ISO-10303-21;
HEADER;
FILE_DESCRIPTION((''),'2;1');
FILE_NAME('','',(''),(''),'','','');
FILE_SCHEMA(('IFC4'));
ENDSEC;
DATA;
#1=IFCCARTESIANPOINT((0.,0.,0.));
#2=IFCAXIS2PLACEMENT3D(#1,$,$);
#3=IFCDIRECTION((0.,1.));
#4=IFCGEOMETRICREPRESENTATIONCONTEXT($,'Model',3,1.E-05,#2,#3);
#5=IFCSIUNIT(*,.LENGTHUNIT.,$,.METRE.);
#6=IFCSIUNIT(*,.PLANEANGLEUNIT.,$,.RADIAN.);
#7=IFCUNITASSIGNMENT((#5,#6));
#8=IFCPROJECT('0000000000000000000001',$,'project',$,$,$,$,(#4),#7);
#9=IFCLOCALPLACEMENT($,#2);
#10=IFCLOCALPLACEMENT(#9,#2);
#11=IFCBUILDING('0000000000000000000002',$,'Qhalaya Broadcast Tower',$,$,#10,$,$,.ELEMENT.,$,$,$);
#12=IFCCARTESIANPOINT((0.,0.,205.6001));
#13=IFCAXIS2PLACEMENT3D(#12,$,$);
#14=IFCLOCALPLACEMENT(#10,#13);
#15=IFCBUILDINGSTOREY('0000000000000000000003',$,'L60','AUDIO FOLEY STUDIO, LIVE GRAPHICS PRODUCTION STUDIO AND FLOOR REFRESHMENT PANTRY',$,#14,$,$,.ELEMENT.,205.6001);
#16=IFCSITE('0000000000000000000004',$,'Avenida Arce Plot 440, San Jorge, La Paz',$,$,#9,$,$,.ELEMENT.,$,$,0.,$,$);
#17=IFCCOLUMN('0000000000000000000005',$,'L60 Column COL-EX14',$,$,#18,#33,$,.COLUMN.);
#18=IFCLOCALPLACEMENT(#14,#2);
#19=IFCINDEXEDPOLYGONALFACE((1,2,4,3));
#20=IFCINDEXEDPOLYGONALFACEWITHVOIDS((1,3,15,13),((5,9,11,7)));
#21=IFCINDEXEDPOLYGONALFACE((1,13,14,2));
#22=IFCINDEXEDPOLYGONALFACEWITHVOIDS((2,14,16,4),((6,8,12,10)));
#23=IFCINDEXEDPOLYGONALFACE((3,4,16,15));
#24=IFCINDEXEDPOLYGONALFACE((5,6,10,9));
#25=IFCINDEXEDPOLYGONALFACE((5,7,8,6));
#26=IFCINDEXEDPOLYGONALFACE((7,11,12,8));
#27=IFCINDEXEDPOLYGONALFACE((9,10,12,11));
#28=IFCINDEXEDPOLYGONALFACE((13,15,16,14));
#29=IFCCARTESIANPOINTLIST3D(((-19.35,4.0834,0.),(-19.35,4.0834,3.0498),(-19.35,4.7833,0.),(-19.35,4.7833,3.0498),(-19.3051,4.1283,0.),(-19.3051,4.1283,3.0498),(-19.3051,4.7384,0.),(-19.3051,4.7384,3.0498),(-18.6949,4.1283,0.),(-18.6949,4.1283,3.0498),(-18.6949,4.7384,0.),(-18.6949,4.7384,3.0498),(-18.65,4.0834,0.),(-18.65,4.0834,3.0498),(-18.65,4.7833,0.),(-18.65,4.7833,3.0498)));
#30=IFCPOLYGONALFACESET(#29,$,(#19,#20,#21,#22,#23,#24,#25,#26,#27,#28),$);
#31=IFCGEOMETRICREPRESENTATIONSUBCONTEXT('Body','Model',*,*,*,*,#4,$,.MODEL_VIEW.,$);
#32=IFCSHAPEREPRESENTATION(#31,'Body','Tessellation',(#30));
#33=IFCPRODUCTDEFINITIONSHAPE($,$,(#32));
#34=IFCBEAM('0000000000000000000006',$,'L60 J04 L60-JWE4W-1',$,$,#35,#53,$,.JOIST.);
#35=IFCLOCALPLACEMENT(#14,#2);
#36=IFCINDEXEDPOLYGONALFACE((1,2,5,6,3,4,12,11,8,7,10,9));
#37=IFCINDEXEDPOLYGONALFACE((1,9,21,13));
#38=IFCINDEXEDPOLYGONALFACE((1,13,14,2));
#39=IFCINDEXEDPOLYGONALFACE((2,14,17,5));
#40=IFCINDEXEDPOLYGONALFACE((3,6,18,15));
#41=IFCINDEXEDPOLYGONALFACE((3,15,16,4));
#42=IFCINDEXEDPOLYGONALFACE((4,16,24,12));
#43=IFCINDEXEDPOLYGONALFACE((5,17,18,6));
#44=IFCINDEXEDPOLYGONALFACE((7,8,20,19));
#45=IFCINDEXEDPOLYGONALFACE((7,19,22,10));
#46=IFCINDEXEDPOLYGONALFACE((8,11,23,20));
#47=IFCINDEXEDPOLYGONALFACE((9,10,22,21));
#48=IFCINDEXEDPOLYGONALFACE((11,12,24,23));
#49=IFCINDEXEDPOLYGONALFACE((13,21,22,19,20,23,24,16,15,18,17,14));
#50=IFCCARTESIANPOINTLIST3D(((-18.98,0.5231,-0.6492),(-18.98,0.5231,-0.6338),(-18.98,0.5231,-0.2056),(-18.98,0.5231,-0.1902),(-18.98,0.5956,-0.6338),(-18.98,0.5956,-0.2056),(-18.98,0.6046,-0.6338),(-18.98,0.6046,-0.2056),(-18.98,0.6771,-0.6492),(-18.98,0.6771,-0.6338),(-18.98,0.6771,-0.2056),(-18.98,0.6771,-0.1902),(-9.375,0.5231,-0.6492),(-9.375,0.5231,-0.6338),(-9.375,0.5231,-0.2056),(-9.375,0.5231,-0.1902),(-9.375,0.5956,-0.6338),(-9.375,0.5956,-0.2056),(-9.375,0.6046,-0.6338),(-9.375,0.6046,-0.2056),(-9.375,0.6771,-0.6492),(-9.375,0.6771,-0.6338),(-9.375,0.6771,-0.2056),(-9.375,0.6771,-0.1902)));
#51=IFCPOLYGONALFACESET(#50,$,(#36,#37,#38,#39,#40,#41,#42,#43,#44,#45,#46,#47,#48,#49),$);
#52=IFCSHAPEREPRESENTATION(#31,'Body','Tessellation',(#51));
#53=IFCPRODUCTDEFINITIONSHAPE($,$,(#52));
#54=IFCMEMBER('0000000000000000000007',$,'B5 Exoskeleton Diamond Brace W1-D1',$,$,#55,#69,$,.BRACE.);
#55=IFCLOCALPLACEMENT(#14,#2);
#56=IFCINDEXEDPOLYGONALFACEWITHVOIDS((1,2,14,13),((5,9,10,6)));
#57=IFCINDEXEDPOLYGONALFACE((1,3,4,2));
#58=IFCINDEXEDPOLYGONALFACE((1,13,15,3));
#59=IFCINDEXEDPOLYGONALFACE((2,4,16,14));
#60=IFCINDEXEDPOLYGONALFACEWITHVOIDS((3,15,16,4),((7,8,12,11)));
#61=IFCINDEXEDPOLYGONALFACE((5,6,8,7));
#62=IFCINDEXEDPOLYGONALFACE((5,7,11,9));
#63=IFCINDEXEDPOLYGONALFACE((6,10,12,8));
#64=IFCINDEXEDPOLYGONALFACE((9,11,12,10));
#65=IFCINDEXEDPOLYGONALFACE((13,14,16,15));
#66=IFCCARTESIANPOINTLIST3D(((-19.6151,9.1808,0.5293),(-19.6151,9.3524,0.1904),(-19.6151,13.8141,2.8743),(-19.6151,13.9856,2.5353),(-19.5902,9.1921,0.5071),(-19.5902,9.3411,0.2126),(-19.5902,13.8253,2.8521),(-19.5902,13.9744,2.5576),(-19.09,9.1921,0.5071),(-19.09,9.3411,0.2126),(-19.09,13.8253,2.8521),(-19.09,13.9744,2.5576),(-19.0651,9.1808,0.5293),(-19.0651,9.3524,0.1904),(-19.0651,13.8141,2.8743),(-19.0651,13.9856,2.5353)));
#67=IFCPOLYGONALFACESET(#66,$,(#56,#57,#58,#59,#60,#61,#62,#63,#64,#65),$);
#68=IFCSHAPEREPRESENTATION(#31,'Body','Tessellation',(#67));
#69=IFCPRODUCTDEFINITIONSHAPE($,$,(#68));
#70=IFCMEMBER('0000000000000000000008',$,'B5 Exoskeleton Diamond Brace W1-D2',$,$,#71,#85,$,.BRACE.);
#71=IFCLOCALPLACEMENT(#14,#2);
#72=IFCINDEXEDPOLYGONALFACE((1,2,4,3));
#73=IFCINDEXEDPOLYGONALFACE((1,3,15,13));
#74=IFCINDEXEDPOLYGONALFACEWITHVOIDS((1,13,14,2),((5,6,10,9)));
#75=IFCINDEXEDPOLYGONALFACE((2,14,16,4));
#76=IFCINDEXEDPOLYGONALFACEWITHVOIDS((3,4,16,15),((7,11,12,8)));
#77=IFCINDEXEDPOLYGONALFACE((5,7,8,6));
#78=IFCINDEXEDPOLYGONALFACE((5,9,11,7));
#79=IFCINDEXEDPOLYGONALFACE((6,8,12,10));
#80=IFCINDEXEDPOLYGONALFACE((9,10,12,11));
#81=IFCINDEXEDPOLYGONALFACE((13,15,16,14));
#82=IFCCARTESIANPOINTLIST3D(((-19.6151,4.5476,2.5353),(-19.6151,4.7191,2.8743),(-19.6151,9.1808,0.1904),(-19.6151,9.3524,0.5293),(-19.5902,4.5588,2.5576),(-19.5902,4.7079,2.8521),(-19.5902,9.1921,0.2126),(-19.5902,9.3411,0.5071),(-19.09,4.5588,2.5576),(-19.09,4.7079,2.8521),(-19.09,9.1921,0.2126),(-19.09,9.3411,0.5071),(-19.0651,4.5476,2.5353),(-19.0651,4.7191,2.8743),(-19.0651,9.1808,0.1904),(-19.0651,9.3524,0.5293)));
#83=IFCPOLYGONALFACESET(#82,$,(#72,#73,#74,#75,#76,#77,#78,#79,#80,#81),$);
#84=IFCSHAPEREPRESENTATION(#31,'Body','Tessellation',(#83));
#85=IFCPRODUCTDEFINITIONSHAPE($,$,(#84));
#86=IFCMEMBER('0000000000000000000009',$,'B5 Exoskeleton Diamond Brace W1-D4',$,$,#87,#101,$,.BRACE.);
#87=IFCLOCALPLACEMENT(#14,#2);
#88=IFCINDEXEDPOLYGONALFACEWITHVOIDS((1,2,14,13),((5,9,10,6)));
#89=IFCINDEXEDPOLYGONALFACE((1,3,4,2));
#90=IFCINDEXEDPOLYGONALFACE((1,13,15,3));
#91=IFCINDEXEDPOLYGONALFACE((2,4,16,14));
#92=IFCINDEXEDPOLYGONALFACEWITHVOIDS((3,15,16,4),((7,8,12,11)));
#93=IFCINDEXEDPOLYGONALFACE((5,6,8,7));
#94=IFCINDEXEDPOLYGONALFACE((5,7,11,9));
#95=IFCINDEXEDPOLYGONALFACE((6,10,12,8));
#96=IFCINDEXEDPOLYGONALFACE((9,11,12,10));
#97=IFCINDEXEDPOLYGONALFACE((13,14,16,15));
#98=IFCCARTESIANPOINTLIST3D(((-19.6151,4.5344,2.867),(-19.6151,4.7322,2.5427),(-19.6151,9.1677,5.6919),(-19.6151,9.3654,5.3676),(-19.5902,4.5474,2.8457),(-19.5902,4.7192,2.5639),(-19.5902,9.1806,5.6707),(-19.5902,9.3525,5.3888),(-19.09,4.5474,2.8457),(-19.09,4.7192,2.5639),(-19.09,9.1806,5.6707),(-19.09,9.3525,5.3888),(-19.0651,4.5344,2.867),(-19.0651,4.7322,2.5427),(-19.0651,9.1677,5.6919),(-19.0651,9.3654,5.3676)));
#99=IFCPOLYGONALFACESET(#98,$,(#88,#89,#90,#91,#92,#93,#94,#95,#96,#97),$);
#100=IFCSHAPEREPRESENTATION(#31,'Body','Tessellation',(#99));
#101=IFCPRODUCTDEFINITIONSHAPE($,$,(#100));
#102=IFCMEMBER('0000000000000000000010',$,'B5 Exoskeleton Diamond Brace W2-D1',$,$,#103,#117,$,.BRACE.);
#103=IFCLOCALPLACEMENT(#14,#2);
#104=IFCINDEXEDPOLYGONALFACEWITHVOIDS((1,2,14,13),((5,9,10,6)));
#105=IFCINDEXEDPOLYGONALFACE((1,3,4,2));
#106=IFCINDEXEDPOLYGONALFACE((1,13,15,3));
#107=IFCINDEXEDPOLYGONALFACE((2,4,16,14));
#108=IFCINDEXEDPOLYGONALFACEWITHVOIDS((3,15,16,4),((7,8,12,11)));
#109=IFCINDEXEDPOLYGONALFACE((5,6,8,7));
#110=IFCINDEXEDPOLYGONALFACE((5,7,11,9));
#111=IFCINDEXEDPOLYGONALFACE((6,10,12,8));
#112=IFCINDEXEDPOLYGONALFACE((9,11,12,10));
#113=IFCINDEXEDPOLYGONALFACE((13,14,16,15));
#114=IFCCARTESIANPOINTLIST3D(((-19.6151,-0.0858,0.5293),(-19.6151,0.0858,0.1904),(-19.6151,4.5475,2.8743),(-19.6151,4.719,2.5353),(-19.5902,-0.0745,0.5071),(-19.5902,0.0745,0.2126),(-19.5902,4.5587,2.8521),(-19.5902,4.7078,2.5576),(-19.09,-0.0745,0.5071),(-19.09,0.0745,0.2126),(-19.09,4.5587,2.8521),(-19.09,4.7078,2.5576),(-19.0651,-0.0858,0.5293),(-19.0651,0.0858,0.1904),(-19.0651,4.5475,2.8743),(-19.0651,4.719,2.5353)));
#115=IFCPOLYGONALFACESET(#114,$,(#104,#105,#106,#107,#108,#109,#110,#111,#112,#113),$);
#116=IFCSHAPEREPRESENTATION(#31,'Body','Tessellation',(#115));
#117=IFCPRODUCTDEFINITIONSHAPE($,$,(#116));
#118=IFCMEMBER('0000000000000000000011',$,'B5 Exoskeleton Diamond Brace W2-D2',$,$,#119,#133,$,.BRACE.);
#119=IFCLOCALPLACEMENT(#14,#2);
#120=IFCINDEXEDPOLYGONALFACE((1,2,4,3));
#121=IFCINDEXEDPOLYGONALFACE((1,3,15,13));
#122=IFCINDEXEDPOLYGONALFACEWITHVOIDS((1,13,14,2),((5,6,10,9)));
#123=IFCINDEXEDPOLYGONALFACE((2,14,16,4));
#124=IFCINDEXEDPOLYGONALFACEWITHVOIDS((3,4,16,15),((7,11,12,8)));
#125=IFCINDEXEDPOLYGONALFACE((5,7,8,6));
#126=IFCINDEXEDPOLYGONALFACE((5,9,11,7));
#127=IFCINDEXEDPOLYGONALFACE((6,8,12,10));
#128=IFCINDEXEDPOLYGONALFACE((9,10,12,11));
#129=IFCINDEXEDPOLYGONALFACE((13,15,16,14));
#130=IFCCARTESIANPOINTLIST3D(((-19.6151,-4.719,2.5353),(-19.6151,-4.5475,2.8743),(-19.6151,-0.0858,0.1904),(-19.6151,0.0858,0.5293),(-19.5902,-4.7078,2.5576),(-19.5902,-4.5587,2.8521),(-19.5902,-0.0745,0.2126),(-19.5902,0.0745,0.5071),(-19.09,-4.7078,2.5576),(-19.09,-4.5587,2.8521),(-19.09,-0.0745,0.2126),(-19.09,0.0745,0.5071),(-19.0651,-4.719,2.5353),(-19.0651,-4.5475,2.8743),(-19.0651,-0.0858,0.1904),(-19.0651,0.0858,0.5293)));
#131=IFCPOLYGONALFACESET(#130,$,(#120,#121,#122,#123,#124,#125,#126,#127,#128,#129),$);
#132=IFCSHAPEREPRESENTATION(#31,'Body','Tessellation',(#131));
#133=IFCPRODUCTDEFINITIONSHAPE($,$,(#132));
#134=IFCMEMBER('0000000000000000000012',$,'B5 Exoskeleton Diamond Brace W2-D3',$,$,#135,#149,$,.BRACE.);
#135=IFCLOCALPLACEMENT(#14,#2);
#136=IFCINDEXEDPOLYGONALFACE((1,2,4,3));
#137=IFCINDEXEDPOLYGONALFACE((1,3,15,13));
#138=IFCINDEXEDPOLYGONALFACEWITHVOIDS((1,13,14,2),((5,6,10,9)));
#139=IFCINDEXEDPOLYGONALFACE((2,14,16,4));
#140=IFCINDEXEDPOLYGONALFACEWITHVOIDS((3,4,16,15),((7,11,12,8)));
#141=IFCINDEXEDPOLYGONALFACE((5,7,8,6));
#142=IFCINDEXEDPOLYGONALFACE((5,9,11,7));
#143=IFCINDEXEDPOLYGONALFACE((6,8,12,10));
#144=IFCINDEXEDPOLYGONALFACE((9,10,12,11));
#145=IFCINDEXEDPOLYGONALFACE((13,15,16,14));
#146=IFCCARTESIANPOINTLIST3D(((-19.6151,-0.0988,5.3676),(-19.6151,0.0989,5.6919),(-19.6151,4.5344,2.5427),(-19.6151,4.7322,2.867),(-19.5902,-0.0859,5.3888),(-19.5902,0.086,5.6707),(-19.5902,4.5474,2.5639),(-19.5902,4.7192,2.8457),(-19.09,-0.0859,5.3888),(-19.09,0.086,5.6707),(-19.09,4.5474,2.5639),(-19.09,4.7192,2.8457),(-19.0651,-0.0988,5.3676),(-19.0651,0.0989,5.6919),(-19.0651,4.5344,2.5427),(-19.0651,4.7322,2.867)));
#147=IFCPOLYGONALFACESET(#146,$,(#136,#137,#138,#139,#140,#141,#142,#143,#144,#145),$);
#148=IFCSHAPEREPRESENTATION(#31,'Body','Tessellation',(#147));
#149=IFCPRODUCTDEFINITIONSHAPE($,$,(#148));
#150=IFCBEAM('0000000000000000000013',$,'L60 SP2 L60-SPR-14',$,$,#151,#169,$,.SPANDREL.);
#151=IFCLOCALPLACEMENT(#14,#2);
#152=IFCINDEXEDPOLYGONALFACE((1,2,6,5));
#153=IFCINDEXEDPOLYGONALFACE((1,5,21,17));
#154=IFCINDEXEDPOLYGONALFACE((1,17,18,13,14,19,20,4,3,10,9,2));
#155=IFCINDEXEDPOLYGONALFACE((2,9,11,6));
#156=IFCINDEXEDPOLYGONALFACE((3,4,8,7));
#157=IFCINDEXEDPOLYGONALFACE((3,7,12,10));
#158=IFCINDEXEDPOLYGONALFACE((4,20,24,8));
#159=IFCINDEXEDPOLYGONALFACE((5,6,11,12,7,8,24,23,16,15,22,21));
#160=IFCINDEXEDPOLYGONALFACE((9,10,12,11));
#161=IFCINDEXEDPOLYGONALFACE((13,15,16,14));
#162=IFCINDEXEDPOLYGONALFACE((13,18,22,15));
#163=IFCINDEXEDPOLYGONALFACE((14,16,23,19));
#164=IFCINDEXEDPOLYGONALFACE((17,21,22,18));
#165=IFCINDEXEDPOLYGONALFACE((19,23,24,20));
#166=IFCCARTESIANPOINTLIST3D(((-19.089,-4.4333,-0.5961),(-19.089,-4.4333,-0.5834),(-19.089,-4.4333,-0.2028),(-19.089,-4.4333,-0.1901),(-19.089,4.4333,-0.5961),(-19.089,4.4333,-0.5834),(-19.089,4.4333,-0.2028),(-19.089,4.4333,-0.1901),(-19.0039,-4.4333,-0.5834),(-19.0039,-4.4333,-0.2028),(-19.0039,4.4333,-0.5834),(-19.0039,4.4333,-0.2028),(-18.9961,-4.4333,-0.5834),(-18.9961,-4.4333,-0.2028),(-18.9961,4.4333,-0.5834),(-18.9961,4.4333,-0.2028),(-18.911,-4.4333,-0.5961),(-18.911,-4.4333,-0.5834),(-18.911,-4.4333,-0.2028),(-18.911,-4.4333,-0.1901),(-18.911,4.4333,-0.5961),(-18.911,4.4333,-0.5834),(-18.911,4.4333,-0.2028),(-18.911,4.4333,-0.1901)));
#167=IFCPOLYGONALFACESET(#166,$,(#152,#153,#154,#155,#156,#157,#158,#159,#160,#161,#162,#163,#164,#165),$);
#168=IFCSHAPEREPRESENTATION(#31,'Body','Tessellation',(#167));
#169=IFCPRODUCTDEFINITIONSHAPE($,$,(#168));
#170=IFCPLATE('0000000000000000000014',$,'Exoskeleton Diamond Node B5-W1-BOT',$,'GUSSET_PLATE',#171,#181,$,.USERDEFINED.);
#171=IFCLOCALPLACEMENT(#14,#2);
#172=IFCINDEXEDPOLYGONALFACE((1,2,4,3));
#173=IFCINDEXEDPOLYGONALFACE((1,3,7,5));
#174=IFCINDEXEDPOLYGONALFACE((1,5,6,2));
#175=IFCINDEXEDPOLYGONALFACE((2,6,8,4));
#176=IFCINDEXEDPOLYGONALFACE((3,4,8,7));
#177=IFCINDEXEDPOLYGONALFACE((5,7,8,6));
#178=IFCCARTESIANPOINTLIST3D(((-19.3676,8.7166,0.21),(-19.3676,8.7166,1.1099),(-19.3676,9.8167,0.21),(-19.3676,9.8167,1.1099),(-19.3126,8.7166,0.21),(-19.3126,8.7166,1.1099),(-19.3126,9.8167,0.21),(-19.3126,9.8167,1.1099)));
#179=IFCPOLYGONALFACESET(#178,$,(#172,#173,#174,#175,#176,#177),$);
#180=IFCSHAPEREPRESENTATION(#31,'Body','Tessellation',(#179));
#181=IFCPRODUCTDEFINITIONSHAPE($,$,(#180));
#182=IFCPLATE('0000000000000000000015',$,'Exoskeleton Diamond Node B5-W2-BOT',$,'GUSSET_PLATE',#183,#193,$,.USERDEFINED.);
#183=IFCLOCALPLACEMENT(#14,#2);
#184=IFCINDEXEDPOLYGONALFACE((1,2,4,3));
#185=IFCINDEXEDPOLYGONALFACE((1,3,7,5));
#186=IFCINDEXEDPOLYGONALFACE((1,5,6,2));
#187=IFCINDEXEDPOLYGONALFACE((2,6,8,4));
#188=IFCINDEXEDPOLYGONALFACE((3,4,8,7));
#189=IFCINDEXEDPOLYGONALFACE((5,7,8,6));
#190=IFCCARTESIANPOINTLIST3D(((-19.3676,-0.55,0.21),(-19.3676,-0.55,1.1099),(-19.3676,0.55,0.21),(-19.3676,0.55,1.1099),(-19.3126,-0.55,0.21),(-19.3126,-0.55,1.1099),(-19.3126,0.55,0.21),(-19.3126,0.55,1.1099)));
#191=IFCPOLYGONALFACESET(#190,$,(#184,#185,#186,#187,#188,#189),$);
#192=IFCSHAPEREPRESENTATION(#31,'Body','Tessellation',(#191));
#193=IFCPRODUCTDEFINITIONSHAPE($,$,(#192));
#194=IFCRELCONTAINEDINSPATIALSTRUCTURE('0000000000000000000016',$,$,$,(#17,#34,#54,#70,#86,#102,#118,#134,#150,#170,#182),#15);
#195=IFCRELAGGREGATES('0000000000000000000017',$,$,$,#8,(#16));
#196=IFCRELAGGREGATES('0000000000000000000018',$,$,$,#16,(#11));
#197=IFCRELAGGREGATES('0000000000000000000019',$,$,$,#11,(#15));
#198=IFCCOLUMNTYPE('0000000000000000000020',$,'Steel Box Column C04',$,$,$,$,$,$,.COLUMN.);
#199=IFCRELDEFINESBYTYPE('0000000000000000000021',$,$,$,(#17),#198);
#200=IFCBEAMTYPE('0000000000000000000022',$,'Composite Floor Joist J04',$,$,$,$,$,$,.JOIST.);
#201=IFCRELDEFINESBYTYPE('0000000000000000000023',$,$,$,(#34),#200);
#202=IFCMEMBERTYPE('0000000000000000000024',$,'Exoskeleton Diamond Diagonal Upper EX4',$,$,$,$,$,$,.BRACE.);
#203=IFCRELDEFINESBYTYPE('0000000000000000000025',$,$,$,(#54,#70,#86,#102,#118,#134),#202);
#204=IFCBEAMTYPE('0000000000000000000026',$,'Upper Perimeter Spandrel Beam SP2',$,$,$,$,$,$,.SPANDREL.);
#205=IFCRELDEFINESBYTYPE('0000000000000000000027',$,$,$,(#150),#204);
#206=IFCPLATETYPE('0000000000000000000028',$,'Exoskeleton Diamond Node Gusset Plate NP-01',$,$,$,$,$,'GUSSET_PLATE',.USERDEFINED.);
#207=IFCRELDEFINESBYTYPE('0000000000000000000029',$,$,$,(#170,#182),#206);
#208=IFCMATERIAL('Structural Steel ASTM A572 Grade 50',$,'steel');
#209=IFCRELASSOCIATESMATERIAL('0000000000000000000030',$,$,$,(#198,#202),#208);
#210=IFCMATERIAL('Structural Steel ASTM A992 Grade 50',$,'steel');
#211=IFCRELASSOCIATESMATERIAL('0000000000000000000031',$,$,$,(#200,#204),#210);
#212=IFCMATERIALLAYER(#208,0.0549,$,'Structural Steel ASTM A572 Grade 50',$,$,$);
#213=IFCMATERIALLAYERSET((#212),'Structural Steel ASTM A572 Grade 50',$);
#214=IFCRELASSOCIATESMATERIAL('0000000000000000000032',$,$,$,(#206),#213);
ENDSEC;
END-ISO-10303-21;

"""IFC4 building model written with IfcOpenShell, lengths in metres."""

from ifc_helpers import new_model, si_unit, direction, frame, origin, origin_2d, place, context, subcontext, project, spatial, rectangle, hollow_rectangle, i_section, extrude, material, layer, layer_set, material_profile, profile_set, type_object, element, save


model = new_model("IFC4")

# Units and contexts
model_context = context("Model", 3, precision=1e-05, world=origin(), true_north=direction((0.0, 1.0)))
body_context = subcontext(model_context, "Body", "Model", "MODEL_VIEW")
ifc_project = project(units=[si_unit("LENGTHUNIT", "METRE"), si_unit("PLANEANGLEUNIT", "RADIAN")], contexts=[model_context])

# Site, building, storey
site_placement = place(None, origin())
site = spatial("IfcSite", under=ifc_project, at=site_placement, Name="Avenida Arce Plot 440, San Jorge, La Paz", CompositionType="ELEMENT", RefElevation=0.0)
building_placement = place(site_placement, origin())
building = spatial("IfcBuilding", under=site, at=building_placement, Name="Qhalaya Broadcast Tower", CompositionType="ELEMENT")
storey_placement = place(building_placement, frame((0.0, 0.0, 205.6001)))
storey = spatial("IfcBuildingStorey", under=building, at=storey_placement, Name="L60", Description="AUDIO FOLEY STUDIO, LIVE GRAPHICS PRODUCTION STUDIO AND FLOOR REFRESHMENT PANTRY", CompositionType="ELEMENT", Elevation=205.6001)

# Column
ifc_material_1 = material(Name="Structural Steel ASTM A572 Grade 50", Category="steel")
ifc_material_profile_1 = material_profile(ifc_material_1, hollow_rectangle(XDim=0.7, YDim=0.7, WallThickness=0.0449, at=origin_2d()), Name="BOX 700x700x45")
ifc_profile_set_1 = profile_set([ifc_material_profile_1], Name="Structural Steel ASTM A572 Grade 50")
column_type = type_object("IfcColumnType", Name="Steel Box Column C04", PredefinedType="COLUMN", material=ifc_profile_set_1)
column_placement = place(storey_placement, frame((-19.0, 4.4333, 0.0), z_axis=(0.0, 0.0, 1.0), x_axis=(0.0, 1.0, 0.0)))
element("IfcColumn", 1, at=column_placement, inside=storey, type_object=column_type, Name="L60 Column COL-EX14", PredefinedType="COLUMN", context=body_context, shape_type="SweptSolid", body=[
    extrude(hollow_rectangle(XDim=0.7, YDim=0.7, WallThickness=0.0449, at=origin_2d()), origin(), (0.0, 0.0, 1.0), 3.0498),
])

# Beam
ifc_material_2 = material(Name="Structural Steel ASTM A992 Grade 50", Category="steel")
ifc_material_profile_2 = material_profile(ifc_material_2, i_section(OverallWidth=0.1541, OverallDepth=0.459, WebThickness=0.009, FlangeThickness=0.0154, at=origin_2d()), Name="W18X46")
ifc_profile_set_2 = profile_set([ifc_material_profile_2], Name="Structural Steel ASTM A992 Grade 50")
beam_type_1 = type_object("IfcBeamType", Name="Composite Floor Joist J04", PredefinedType="JOIST", material=ifc_profile_set_2)
beam_1_placement = place(storey_placement, frame((-18.98, 0.6001, -0.4197), z_axis=(1.0, 0.0, 0.0), x_axis=(0.0, 1.0, 0.0)))
element("IfcBeam", 2, at=beam_1_placement, inside=storey, type_object=beam_type_1, Name="L60 J04 L60-JWE4W-1", PredefinedType="JOIST", context=body_context, shape_type="SweptSolid", body=[
    extrude(i_section(OverallWidth=0.1541, OverallDepth=0.459, WebThickness=0.009, FlangeThickness=0.0154, at=origin_2d()), origin(), (0.0, 0.0, 1.0), 9.605),
])

# Members
ifc_material_profile_3 = material_profile(ifc_material_1, hollow_rectangle(XDim=0.3799, YDim=0.55, WallThickness=0.0249, at=origin_2d()), Name="BOX 380x550x25")
ifc_profile_set_3 = profile_set([ifc_material_profile_3], Name="Structural Steel ASTM A572 Grade 50")
member_type = type_object("IfcMemberType", Name="Exoskeleton Diamond Diagonal Upper EX4", PredefinedType="BRACE", material=ifc_profile_set_3)
for number, where, z_axis, x_axis, name in (
    (3, (-19.3401, 9.2666, 0.3599), (0.0, 0.892235, 0.451571), (0.0, -0.451571, 0.892235), "B5 Exoskeleton Diamond Brace W1-D1"),
    (4, (-19.3401, 9.2666, 0.3599), (0.0, -0.892235, 0.451571), (0.0, 0.451571, 0.892235), "B5 Exoskeleton Diamond Brace W1-D2"),
):
    element("IfcMember", number, at=place(storey_placement, frame(where, z_axis=z_axis, x_axis=x_axis)), inside=storey, type_object=member_type, Name=name, PredefinedType="BRACE", context=body_context, shape_type="SweptSolid", body=[
        extrude(hollow_rectangle(XDim=0.3799, YDim=0.55, WallThickness=0.0249, at=origin_2d()), origin(), (0.0, 0.0, 1.0), 5.1929),
    ])
member_1_placement = place(storey_placement, frame((-19.3401, 4.6333, 2.7048), z_axis=(0.0, 0.853815, 0.520576), x_axis=(0.0, -0.520576, 0.853815)))
element("IfcMember", 5, at=member_1_placement, inside=storey, type_object=member_type, Name="B5 Exoskeleton Diamond Brace W1-D4", PredefinedType="BRACE", context=body_context, shape_type="SweptSolid", body=[
    extrude(hollow_rectangle(XDim=0.3799, YDim=0.55, WallThickness=0.0249, at=origin_2d()), origin(), (0.0, 0.0, 1.0), 5.4265),
])
for number, where, z_axis, x_axis, name in (
    (6, (-19.3401, 0.0, 0.3599), (0.0, 0.892235, 0.451571), (0.0, -0.451571, 0.892235), "B5 Exoskeleton Diamond Brace W2-D1"),
    (7, (-19.3401, 0.0, 0.3599), (0.0, -0.892235, 0.451571), (0.0, 0.451571, 0.892235), "B5 Exoskeleton Diamond Brace W2-D2"),
):
    element("IfcMember", number, at=place(storey_placement, frame(where, z_axis=z_axis, x_axis=x_axis)), inside=storey, type_object=member_type, Name=name, PredefinedType="BRACE", context=body_context, shape_type="SweptSolid", body=[
        extrude(hollow_rectangle(XDim=0.3799, YDim=0.55, WallThickness=0.0249, at=origin_2d()), origin(), (0.0, 0.0, 1.0), 5.1929),
    ])
member_2_placement = place(storey_placement, frame((-19.3401, 4.6333, 2.7048), z_axis=(0.0, -0.853815, 0.520576), x_axis=(0.0, 0.520576, 0.853815)))
element("IfcMember", 8, at=member_2_placement, inside=storey, type_object=member_type, Name="B5 Exoskeleton Diamond Brace W2-D3", PredefinedType="BRACE", context=body_context, shape_type="SweptSolid", body=[
    extrude(hollow_rectangle(XDim=0.3799, YDim=0.55, WallThickness=0.0249, at=origin_2d()), origin(), (0.0, 0.0, 1.0), 5.4265),
])

# Beam
ifc_material_profile_4 = material_profile(ifc_material_2, i_section(OverallWidth=0.178, OverallDepth=0.406, WebThickness=0.0078, FlangeThickness=0.0127, at=origin_2d()), Name="W16X40")
ifc_profile_set_4 = profile_set([ifc_material_profile_4], Name="Structural Steel ASTM A992 Grade 50")
beam_type_2 = type_object("IfcBeamType", Name="Upper Perimeter Spandrel Beam SP2", PredefinedType="SPANDREL", material=ifc_profile_set_4)
beam_2_placement = place(storey_placement, frame((-19.0, 4.4333, -0.3931), z_axis=(0.0, -1.0, 0.0), x_axis=(1.0, 0.0, 0.0)))
element("IfcBeam", 9, at=beam_2_placement, inside=storey, type_object=beam_type_2, Name="L60 SP2 L60-SPR-14", PredefinedType="SPANDREL", context=body_context, shape_type="SweptSolid", body=[
    extrude(i_section(OverallWidth=0.178, OverallDepth=0.406, WebThickness=0.0078, FlangeThickness=0.0127, at=origin_2d()), origin(), (0.0, 0.0, 1.0), 8.8667),
])

# Plates
ifc_layer_1 = layer(ifc_material_1, 0.0549, Name="Structural Steel ASTM A572 Grade 50")
ifc_layer_set_1 = layer_set([ifc_layer_1], Name="Structural Steel ASTM A572 Grade 50")
plate_type_1 = type_object("IfcPlateType", Name="Exoskeleton Diamond Node Gusset Plate NP-01", ElementType="GUSSET_PLATE", PredefinedType="USERDEFINED", material=ifc_layer_set_1)
for number, where, z_axis, x_axis, name in (
    (10, (-19.3401, 9.2666, 0.21), (0.0, 0.0, 1.0), (0.0, 1.0, 0.0), "Exoskeleton Diamond Node B5-W1-BOT"),
    (11, (-19.3401, 0.0, 0.21), (0.0, 0.0, 1.0), (0.0, 1.0, 0.0), "Exoskeleton Diamond Node B5-W2-BOT"),
):
    element("IfcPlate", number, at=place(storey_placement, frame(where, z_axis=z_axis, x_axis=x_axis)), inside=storey, type_object=plate_type_1, Name=name, ObjectType="GUSSET_PLATE", PredefinedType="USERDEFINED", context=body_context, shape_type="SweptSolid", body=[
        extrude(rectangle(XDim=1.1001, YDim=0.0549, at=origin_2d()), origin(), (0.0, 0.0, 1.0), 0.8999),
    ])

save(model, "model.ifc")
